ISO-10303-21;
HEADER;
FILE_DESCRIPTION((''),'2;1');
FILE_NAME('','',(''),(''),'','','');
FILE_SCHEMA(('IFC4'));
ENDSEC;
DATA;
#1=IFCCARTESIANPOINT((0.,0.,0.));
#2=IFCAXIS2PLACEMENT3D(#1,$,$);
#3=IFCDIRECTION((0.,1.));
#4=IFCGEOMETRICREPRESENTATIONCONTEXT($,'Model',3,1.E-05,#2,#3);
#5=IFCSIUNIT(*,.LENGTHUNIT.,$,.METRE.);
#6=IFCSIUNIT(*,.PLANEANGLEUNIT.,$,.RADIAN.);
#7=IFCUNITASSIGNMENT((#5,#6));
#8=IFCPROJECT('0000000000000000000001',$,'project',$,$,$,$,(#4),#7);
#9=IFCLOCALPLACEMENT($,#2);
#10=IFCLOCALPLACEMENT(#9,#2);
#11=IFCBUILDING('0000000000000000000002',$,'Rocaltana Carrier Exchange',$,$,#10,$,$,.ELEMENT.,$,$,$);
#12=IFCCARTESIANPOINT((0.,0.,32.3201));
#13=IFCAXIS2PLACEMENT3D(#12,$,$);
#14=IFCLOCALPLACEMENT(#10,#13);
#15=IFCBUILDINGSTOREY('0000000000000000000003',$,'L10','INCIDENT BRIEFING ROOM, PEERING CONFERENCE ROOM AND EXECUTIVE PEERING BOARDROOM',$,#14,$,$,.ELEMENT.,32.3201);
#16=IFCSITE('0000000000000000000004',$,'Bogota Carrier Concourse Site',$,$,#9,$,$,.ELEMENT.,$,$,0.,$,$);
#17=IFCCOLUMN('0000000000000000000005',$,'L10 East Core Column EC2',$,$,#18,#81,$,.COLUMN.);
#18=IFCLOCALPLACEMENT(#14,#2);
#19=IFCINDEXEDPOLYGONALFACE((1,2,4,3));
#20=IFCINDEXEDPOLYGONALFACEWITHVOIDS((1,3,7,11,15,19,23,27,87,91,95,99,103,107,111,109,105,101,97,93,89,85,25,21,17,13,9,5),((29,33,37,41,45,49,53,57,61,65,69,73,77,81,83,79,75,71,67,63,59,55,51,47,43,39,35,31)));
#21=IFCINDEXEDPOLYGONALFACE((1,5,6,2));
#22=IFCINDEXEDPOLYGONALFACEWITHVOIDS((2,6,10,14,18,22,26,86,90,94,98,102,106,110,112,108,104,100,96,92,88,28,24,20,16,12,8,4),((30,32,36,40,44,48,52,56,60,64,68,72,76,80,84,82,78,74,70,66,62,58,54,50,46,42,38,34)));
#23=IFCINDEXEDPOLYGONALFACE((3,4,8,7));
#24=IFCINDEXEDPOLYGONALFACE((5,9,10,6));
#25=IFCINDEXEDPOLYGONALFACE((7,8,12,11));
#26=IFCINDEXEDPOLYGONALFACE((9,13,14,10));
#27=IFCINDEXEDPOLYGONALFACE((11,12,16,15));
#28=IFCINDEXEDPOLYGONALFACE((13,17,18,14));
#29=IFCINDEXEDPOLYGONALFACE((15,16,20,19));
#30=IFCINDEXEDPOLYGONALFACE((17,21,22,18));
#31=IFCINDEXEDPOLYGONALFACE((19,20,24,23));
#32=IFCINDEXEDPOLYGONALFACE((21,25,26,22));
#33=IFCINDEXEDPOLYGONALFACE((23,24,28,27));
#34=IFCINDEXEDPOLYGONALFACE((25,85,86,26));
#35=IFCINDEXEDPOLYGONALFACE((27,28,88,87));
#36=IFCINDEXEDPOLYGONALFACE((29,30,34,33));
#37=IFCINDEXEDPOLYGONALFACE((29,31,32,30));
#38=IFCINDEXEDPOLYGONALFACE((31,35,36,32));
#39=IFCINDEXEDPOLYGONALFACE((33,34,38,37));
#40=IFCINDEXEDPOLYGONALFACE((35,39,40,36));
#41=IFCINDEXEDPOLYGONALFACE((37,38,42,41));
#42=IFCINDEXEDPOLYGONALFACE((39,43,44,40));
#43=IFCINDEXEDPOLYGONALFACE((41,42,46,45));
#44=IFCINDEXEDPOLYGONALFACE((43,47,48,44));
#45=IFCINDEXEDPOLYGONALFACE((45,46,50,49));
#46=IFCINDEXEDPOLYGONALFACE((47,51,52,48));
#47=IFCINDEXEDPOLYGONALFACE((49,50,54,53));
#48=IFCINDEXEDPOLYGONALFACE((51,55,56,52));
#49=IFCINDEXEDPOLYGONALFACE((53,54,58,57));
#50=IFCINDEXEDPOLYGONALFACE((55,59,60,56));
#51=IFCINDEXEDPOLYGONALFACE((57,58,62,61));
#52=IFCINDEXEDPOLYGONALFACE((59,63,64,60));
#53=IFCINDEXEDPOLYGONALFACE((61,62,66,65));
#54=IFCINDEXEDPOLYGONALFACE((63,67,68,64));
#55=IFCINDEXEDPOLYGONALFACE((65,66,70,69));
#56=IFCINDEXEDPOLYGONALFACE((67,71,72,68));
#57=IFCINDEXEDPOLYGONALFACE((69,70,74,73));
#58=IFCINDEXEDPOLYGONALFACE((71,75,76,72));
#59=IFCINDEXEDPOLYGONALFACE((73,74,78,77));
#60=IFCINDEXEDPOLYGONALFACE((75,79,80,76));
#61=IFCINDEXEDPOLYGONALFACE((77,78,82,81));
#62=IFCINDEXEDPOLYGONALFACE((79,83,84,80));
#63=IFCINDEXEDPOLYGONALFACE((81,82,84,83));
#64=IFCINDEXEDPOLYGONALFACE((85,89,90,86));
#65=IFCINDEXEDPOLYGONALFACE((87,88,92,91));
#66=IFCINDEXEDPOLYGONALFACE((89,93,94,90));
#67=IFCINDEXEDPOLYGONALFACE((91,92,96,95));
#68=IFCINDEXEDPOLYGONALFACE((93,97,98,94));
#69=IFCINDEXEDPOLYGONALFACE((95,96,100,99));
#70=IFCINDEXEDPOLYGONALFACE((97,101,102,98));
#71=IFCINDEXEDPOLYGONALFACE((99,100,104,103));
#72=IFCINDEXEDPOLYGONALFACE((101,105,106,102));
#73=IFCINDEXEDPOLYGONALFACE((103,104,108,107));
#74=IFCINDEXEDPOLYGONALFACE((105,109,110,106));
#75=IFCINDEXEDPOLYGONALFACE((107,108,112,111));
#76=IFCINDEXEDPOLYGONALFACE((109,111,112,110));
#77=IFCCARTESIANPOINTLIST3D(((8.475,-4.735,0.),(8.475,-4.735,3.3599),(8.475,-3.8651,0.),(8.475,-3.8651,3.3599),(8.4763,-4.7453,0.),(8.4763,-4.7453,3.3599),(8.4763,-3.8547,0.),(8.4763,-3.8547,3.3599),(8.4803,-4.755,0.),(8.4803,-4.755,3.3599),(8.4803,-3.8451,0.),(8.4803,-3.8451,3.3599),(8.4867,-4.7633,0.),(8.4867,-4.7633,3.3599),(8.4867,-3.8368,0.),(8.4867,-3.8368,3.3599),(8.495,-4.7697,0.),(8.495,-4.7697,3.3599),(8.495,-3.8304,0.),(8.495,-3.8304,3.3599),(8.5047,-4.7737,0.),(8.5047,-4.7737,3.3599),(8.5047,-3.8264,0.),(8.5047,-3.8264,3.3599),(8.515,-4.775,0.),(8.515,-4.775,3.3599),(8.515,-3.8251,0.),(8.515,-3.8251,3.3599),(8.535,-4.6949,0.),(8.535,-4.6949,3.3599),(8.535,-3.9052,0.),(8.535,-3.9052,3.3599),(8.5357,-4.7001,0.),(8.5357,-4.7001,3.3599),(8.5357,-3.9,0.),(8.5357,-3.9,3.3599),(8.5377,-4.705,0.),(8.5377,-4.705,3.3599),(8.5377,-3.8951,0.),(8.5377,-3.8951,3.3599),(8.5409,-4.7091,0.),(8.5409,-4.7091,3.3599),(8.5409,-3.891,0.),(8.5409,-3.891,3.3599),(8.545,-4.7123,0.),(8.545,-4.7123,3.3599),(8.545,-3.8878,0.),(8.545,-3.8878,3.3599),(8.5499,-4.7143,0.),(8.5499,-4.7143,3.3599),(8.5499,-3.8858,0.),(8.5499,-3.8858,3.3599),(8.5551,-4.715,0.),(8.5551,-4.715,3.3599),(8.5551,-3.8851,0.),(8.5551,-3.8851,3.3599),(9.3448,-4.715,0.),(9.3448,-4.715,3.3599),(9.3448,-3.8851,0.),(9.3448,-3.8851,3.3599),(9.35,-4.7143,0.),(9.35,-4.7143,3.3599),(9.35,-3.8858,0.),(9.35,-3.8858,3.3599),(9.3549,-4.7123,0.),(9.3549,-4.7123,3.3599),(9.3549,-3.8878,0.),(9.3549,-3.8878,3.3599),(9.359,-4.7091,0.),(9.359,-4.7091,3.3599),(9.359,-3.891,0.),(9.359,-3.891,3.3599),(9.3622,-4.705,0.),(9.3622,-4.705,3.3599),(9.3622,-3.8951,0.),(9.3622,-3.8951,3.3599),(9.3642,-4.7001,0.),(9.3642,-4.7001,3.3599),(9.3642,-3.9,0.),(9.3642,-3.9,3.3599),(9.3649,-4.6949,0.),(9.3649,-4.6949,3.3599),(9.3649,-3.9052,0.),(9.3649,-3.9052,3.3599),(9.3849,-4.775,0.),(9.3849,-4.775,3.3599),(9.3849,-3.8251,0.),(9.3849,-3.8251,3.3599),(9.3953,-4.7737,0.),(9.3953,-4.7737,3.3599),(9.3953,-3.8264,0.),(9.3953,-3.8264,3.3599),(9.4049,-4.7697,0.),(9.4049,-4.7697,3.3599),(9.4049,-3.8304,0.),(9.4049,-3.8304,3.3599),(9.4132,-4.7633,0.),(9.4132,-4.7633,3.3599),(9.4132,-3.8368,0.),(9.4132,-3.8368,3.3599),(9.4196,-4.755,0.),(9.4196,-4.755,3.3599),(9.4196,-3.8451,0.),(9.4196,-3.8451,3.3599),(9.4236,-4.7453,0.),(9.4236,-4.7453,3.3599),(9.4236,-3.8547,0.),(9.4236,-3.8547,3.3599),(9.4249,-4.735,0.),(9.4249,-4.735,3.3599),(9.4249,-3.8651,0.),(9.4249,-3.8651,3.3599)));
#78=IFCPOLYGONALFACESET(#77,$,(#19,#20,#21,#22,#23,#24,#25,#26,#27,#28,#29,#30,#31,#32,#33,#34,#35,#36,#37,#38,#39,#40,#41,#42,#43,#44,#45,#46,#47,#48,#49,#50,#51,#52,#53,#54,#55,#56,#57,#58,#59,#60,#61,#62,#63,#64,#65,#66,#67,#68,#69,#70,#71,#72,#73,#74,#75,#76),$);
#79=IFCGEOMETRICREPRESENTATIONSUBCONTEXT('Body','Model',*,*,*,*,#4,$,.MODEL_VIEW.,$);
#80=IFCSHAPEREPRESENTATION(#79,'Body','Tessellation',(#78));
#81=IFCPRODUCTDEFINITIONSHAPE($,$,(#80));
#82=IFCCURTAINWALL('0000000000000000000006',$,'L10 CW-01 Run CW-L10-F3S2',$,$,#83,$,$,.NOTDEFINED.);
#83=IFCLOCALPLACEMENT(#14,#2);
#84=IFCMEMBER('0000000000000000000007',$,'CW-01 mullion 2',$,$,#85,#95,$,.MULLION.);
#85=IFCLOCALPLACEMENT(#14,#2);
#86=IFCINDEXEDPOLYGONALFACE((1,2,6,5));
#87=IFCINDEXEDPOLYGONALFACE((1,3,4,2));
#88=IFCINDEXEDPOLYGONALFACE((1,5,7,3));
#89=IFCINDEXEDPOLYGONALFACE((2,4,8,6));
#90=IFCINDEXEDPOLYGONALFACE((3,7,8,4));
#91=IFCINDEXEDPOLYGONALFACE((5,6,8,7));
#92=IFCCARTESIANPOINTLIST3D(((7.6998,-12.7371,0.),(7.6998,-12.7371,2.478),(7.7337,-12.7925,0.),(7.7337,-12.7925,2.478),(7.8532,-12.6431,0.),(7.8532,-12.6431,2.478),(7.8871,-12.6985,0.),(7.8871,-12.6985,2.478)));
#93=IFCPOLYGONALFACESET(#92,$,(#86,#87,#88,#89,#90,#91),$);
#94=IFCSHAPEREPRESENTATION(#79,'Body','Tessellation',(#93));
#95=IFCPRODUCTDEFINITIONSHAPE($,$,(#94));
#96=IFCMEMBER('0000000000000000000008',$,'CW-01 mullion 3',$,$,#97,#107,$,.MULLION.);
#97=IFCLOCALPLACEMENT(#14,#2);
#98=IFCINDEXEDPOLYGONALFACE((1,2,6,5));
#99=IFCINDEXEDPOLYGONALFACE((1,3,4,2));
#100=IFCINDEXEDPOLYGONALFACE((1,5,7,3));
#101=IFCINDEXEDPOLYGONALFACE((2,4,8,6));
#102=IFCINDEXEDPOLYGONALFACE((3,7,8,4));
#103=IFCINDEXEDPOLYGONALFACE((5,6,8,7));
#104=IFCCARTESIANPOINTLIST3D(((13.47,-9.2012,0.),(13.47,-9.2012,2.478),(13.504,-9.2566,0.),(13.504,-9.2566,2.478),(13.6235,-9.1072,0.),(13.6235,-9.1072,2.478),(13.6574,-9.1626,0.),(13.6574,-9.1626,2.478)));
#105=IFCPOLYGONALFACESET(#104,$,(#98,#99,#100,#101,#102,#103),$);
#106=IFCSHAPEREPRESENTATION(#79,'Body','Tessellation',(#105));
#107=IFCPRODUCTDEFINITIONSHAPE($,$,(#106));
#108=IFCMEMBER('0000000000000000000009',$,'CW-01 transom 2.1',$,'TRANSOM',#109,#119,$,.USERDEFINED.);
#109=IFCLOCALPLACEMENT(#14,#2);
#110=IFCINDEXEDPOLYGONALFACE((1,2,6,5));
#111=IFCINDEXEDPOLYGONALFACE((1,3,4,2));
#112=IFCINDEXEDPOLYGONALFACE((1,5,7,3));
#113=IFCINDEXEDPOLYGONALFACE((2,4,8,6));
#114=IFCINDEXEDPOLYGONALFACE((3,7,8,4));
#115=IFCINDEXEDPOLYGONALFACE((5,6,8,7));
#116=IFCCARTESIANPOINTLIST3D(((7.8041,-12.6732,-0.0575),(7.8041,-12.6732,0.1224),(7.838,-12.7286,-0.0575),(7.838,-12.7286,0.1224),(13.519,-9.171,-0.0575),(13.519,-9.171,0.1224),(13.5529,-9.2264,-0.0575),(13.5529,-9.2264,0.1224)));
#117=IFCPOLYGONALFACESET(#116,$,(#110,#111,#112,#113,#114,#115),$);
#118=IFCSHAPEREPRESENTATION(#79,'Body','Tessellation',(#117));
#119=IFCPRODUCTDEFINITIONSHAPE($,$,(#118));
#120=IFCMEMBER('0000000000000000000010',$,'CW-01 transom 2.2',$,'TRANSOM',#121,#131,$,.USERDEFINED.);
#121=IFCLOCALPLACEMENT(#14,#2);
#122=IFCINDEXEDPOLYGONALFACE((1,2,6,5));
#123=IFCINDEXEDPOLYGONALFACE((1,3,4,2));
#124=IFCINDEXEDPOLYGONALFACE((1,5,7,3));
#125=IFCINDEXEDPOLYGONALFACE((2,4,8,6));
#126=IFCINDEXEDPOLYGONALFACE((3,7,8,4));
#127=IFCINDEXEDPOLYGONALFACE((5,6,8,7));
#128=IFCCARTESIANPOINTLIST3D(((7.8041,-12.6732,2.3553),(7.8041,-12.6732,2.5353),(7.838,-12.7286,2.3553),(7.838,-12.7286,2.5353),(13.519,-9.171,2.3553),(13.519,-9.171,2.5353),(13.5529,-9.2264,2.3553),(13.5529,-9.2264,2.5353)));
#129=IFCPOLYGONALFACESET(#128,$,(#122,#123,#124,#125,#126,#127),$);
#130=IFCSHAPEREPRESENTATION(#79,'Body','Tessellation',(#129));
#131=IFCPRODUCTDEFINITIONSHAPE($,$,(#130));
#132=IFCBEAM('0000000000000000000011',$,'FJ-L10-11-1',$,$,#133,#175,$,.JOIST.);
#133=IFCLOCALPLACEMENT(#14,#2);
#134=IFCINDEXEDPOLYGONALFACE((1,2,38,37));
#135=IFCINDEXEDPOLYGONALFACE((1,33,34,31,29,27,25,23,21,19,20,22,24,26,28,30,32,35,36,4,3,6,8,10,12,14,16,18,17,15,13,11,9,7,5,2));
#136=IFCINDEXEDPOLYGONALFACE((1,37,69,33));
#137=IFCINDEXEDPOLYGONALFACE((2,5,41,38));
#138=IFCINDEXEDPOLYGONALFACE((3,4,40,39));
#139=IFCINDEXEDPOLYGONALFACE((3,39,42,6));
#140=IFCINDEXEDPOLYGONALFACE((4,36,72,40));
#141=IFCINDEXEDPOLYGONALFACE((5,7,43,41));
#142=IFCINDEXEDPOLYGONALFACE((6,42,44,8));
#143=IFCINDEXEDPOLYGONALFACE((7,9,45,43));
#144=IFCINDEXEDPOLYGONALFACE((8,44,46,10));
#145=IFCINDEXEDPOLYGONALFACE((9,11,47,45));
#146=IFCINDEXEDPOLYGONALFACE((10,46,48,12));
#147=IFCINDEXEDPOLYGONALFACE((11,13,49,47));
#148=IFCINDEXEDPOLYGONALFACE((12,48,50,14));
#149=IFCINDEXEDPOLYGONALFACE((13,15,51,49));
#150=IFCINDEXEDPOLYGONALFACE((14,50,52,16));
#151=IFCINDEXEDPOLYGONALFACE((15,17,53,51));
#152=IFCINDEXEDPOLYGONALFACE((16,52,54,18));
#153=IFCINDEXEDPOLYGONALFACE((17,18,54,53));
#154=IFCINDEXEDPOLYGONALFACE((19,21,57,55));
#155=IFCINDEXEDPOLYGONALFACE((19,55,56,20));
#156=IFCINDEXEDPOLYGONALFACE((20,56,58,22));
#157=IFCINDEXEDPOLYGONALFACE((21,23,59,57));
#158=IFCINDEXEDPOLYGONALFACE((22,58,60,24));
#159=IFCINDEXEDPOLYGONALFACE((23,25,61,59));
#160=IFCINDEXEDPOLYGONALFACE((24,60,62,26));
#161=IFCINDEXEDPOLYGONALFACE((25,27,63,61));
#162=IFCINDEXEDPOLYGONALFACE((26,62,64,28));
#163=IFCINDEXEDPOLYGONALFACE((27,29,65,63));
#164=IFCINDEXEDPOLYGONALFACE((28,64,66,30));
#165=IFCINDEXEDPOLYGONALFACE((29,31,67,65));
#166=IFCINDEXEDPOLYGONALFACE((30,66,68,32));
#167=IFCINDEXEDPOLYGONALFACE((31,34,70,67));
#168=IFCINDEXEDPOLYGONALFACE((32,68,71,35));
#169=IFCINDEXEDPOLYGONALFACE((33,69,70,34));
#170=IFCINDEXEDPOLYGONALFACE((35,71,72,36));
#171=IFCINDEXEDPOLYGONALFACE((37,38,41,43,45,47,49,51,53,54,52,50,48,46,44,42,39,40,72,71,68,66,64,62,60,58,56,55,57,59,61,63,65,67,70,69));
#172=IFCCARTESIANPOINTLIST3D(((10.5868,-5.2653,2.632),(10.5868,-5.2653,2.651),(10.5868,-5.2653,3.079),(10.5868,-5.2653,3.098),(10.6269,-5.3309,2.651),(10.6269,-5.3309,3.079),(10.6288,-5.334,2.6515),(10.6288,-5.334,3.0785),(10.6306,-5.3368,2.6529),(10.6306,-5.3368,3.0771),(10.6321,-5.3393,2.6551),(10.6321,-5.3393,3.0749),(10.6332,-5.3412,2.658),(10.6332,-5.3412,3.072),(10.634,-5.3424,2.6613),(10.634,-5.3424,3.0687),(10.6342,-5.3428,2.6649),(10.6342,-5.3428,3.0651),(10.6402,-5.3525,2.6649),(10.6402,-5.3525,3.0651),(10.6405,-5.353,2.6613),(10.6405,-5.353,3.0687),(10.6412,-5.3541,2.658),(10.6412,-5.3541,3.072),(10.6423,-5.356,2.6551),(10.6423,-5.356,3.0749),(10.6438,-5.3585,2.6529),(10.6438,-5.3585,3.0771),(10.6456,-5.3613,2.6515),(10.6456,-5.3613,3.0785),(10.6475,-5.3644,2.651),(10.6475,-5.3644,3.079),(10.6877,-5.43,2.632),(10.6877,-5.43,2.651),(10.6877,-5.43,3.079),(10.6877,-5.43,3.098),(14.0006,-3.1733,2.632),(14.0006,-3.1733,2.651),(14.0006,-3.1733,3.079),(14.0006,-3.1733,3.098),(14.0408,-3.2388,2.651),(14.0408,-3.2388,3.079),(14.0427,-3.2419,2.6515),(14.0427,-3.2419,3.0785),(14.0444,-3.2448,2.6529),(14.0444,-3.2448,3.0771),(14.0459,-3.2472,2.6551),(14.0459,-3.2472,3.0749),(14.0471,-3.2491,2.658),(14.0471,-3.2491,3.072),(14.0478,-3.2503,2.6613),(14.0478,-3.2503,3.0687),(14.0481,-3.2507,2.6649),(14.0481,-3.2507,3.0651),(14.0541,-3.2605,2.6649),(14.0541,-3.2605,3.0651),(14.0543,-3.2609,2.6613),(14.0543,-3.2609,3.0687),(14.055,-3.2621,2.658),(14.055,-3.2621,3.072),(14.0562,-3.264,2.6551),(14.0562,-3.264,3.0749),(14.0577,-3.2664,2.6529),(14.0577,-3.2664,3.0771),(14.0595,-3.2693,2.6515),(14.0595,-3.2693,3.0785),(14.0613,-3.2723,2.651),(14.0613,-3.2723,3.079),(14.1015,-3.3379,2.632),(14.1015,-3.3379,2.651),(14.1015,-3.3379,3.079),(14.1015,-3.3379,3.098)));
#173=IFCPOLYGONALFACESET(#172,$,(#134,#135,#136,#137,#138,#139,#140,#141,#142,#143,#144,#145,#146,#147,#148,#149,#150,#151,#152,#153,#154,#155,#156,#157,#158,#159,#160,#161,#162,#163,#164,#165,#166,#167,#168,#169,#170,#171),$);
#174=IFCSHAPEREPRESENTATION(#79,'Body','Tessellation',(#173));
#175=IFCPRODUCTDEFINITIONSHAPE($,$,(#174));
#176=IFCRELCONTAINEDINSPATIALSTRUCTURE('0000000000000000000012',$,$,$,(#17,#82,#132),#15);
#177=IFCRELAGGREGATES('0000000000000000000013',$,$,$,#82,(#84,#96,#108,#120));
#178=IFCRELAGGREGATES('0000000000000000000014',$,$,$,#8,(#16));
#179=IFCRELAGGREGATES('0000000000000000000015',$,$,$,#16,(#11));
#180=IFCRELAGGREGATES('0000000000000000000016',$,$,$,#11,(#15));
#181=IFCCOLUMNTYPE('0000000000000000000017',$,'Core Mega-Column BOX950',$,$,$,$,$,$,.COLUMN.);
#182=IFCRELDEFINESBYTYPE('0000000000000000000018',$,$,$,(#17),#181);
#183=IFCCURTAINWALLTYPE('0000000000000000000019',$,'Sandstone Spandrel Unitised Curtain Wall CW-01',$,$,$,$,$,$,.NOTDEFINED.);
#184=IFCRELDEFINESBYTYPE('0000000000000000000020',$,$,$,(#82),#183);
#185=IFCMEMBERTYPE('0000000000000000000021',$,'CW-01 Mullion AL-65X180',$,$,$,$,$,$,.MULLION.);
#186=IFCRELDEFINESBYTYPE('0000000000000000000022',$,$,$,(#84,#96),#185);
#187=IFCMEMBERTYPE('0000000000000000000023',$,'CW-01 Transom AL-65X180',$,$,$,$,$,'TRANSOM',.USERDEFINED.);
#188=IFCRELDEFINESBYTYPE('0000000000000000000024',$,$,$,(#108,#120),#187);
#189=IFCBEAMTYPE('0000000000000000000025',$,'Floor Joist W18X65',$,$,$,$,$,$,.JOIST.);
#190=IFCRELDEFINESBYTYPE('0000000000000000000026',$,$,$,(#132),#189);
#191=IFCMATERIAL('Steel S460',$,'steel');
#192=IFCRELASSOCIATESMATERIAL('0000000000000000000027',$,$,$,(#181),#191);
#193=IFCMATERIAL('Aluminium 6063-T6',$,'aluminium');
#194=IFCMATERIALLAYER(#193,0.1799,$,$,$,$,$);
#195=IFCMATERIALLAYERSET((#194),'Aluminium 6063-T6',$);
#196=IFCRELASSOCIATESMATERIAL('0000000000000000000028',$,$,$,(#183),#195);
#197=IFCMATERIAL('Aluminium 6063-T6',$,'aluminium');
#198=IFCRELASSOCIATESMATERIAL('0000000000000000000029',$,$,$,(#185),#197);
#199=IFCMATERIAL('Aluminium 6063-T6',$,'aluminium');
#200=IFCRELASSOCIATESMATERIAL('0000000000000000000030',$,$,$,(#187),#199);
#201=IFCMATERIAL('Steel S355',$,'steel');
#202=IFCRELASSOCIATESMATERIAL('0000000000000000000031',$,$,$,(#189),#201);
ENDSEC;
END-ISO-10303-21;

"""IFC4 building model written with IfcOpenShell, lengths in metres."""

from ifc_helpers import new_model, si_unit, direction, frame, origin, origin_2d, place, context, subcontext, project, spatial, rectangle, hollow_rectangle, i_section, extrude, material, layer, layer_set, material_profile, profile_set, type_object, element, aggregate, save


model = new_model("IFC4")

# Units and contexts
model_context = context("Model", 3, precision=1e-05, world=origin(), true_north=direction((0.0, 1.0)))
body_context = subcontext(model_context, "Body", "Model", "MODEL_VIEW")
ifc_project = project(units=[si_unit("LENGTHUNIT", "METRE"), si_unit("PLANEANGLEUNIT", "RADIAN")], contexts=[model_context])

# Site, building, storey
site_placement = place(None, origin())
site = spatial("IfcSite", under=ifc_project, at=site_placement, Name="Bogota Carrier Concourse Site", CompositionType="ELEMENT", RefElevation=0.0)
building_placement = place(site_placement, origin())
building = spatial("IfcBuilding", under=site, at=building_placement, Name="Rocaltana Carrier Exchange", CompositionType="ELEMENT")
storey_placement = place(building_placement, frame((0.0, 0.0, 32.3201)))
storey = spatial("IfcBuildingStorey", under=building, at=storey_placement, Name="L10", Description="INCIDENT BRIEFING ROOM, PEERING CONFERENCE ROOM AND EXECUTIVE PEERING BOARDROOM", CompositionType="ELEMENT", Elevation=32.3201)

# Column
ifc_material_1 = material(Name="Steel S460", Category="steel")
ifc_material_profile_1 = material_profile(ifc_material_1, hollow_rectangle(XDim=0.95, YDim=0.95, WallThickness=0.0601, InnerFilletRadius=0.02, OuterFilletRadius=0.04, at=origin_2d()), Name="BOX950X950X60")
ifc_profile_set_1 = profile_set([ifc_material_profile_1], Name="Steel S460")
column_type = type_object("IfcColumnType", Name="Core Mega-Column BOX950", PredefinedType="COLUMN", material=ifc_profile_set_1)
column_placement = place(storey_placement, frame((8.95, -4.3, 0.0), z_axis=(0.0, 0.0, 1.0), x_axis=(1.0, 0.0, 0.0)))
element("IfcColumn", 1, at=column_placement, inside=storey, type_object=column_type, Name="L10 East Core Column EC2", PredefinedType="COLUMN", context=body_context, shape_type="SweptSolid", body=[
    extrude(hollow_rectangle(XDim=0.95, YDim=0.95, WallThickness=0.0601, InnerFilletRadius=0.02, OuterFilletRadius=0.04, at=origin_2d()), origin(), (0.0, 0.0, 1.0), 3.3599),
])

# Curtain wall, members
ifc_material_2 = material(Name="Aluminium 6063-T6", Category="aluminium")
ifc_layer_1 = layer(ifc_material_2, 0.1799)
ifc_layer_set_1 = layer_set([ifc_layer_1], Name="Aluminium 6063-T6")
curtain_wall_type = type_object("IfcCurtainWallType", Name="Sandstone Spandrel Unitised Curtain Wall CW-01", PredefinedType="NOTDEFINED", material=ifc_layer_set_1)
curtain_wall_placement = place(storey_placement, origin())
curtain_wall = element("IfcCurtainWall", 2, at=curtain_wall_placement, inside=storey, type_object=curtain_wall_type, Name="L10 CW-01 Run CW-L10-F3S2", PredefinedType="NOTDEFINED")
ifc_material_3 = material(Name="Aluminium 6063-T6", Category="aluminium")
ifc_material_profile_2 = material_profile(ifc_material_3, rectangle(XDim=0.0649, YDim=0.1799, at=origin_2d()), Name="AL-65X180")
ifc_profile_set_2 = profile_set([ifc_material_profile_2], Name="Aluminium 6063-T6")
member_type_1 = type_object("IfcMemberType", Name="CW-01 Mullion AL-65X180", PredefinedType="MULLION", material=ifc_profile_set_2)
member_1_placement = place(storey_placement, frame((7.7935, -12.7178, 0.0), z_axis=(0.0, 0.0, 1.0), x_axis=(-0.5225, 0.852639, 0.0)))
member_1 = element("IfcMember", 3, at=member_1_placement, type_object=member_type_1, Name="CW-01 mullion 2", PredefinedType="MULLION", context=body_context, shape_type="SweptSolid", body=[
    extrude(rectangle(XDim=0.0649, YDim=0.1799, at=origin_2d()), origin(), (0.0, 0.0, 1.0), 2.478),
])
member_2_placement = place(storey_placement, frame((13.5637, -9.1819, 0.0), z_axis=(0.0, 0.0, 1.0), x_axis=(-0.5225, 0.852639, 0.0)))
member_2 = element("IfcMember", 4, at=member_2_placement, type_object=member_type_1, Name="CW-01 mullion 3", PredefinedType="MULLION", context=body_context, shape_type="SweptSolid", body=[
    extrude(rectangle(XDim=0.0649, YDim=0.1799, at=origin_2d()), origin(), (0.0, 0.0, 1.0), 2.478),
])
ifc_material_4 = material(Name="Aluminium 6063-T6", Category="aluminium")
ifc_material_profile_3 = material_profile(ifc_material_4, rectangle(XDim=0.0649, YDim=0.1799, at=origin_2d()), Name="AL-65X180")
ifc_profile_set_3 = profile_set([ifc_material_profile_3], Name="Aluminium 6063-T6")
member_type_2 = type_object("IfcMemberType", Name="CW-01 Transom AL-65X180", ElementType="TRANSOM", PredefinedType="USERDEFINED", material=ifc_profile_set_3)
member_3_placement = place(storey_placement, frame((7.821, -12.7009, 0.0325), z_axis=(0.852631, 0.522513, 0.0), x_axis=(-0.522513, 0.852631, 0.0)))
member_3 = element("IfcMember", 5, at=member_3_placement, type_object=member_type_2, Name="CW-01 transom 2.1", ObjectType="TRANSOM", PredefinedType="USERDEFINED", context=body_context, shape_type="SweptSolid", body=[
    extrude(rectangle(XDim=0.0649, YDim=0.1799, at=origin_2d()), origin(), (0.0, 0.0, 1.0), 6.7026),
])
member_4_placement = place(storey_placement, frame((7.821, -12.7009, 2.4453), z_axis=(0.852631, 0.522513, 0.0), x_axis=(-0.522513, 0.852631, 0.0)))
member_4 = element("IfcMember", 6, at=member_4_placement, type_object=member_type_2, Name="CW-01 transom 2.2", ObjectType="TRANSOM", PredefinedType="USERDEFINED", context=body_context, shape_type="SweptSolid", body=[
    extrude(rectangle(XDim=0.0649, YDim=0.1799, at=origin_2d()), origin(), (0.0, 0.0, 1.0), 6.7026),
])

# Beam
ifc_material_5 = material(Name="Steel S355", Category="steel")
ifc_material_profile_4 = material_profile(ifc_material_5, i_section(OverallWidth=0.1931, OverallDepth=0.4661, WebThickness=0.0115, FlangeThickness=0.019, FilletRadius=0.0139, at=origin_2d()), Name="W18X65")
ifc_profile_set_4 = profile_set([ifc_material_profile_4], Name="Steel S355")
beam_type_1 = type_object("IfcBeamType", Name="Floor Joist W18X65", PredefinedType="JOIST", material=ifc_profile_set_4)
beam_1_placement = place(storey_placement, frame((10.6372, -5.3477, 2.865), z_axis=(0.852635, 0.522508, 0.0), x_axis=(-0.522508, 0.852635, 0.0)))
element("IfcBeam", 7, at=beam_1_placement, inside=storey, type_object=beam_type_1, Name="FJ-L10-11-1", PredefinedType="JOIST", context=body_context, shape_type="SweptSolid", body=[
    extrude(i_section(OverallWidth=0.1931, OverallDepth=0.4661, WebThickness=0.0115, FlangeThickness=0.019, FilletRadius=0.0139, at=origin_2d()), origin(), (0.0, 0.0, 1.0), 4.0039),
])

aggregate(curtain_wall, [member_1, member_2, member_3, member_4])

save(model, "model.ifc")
